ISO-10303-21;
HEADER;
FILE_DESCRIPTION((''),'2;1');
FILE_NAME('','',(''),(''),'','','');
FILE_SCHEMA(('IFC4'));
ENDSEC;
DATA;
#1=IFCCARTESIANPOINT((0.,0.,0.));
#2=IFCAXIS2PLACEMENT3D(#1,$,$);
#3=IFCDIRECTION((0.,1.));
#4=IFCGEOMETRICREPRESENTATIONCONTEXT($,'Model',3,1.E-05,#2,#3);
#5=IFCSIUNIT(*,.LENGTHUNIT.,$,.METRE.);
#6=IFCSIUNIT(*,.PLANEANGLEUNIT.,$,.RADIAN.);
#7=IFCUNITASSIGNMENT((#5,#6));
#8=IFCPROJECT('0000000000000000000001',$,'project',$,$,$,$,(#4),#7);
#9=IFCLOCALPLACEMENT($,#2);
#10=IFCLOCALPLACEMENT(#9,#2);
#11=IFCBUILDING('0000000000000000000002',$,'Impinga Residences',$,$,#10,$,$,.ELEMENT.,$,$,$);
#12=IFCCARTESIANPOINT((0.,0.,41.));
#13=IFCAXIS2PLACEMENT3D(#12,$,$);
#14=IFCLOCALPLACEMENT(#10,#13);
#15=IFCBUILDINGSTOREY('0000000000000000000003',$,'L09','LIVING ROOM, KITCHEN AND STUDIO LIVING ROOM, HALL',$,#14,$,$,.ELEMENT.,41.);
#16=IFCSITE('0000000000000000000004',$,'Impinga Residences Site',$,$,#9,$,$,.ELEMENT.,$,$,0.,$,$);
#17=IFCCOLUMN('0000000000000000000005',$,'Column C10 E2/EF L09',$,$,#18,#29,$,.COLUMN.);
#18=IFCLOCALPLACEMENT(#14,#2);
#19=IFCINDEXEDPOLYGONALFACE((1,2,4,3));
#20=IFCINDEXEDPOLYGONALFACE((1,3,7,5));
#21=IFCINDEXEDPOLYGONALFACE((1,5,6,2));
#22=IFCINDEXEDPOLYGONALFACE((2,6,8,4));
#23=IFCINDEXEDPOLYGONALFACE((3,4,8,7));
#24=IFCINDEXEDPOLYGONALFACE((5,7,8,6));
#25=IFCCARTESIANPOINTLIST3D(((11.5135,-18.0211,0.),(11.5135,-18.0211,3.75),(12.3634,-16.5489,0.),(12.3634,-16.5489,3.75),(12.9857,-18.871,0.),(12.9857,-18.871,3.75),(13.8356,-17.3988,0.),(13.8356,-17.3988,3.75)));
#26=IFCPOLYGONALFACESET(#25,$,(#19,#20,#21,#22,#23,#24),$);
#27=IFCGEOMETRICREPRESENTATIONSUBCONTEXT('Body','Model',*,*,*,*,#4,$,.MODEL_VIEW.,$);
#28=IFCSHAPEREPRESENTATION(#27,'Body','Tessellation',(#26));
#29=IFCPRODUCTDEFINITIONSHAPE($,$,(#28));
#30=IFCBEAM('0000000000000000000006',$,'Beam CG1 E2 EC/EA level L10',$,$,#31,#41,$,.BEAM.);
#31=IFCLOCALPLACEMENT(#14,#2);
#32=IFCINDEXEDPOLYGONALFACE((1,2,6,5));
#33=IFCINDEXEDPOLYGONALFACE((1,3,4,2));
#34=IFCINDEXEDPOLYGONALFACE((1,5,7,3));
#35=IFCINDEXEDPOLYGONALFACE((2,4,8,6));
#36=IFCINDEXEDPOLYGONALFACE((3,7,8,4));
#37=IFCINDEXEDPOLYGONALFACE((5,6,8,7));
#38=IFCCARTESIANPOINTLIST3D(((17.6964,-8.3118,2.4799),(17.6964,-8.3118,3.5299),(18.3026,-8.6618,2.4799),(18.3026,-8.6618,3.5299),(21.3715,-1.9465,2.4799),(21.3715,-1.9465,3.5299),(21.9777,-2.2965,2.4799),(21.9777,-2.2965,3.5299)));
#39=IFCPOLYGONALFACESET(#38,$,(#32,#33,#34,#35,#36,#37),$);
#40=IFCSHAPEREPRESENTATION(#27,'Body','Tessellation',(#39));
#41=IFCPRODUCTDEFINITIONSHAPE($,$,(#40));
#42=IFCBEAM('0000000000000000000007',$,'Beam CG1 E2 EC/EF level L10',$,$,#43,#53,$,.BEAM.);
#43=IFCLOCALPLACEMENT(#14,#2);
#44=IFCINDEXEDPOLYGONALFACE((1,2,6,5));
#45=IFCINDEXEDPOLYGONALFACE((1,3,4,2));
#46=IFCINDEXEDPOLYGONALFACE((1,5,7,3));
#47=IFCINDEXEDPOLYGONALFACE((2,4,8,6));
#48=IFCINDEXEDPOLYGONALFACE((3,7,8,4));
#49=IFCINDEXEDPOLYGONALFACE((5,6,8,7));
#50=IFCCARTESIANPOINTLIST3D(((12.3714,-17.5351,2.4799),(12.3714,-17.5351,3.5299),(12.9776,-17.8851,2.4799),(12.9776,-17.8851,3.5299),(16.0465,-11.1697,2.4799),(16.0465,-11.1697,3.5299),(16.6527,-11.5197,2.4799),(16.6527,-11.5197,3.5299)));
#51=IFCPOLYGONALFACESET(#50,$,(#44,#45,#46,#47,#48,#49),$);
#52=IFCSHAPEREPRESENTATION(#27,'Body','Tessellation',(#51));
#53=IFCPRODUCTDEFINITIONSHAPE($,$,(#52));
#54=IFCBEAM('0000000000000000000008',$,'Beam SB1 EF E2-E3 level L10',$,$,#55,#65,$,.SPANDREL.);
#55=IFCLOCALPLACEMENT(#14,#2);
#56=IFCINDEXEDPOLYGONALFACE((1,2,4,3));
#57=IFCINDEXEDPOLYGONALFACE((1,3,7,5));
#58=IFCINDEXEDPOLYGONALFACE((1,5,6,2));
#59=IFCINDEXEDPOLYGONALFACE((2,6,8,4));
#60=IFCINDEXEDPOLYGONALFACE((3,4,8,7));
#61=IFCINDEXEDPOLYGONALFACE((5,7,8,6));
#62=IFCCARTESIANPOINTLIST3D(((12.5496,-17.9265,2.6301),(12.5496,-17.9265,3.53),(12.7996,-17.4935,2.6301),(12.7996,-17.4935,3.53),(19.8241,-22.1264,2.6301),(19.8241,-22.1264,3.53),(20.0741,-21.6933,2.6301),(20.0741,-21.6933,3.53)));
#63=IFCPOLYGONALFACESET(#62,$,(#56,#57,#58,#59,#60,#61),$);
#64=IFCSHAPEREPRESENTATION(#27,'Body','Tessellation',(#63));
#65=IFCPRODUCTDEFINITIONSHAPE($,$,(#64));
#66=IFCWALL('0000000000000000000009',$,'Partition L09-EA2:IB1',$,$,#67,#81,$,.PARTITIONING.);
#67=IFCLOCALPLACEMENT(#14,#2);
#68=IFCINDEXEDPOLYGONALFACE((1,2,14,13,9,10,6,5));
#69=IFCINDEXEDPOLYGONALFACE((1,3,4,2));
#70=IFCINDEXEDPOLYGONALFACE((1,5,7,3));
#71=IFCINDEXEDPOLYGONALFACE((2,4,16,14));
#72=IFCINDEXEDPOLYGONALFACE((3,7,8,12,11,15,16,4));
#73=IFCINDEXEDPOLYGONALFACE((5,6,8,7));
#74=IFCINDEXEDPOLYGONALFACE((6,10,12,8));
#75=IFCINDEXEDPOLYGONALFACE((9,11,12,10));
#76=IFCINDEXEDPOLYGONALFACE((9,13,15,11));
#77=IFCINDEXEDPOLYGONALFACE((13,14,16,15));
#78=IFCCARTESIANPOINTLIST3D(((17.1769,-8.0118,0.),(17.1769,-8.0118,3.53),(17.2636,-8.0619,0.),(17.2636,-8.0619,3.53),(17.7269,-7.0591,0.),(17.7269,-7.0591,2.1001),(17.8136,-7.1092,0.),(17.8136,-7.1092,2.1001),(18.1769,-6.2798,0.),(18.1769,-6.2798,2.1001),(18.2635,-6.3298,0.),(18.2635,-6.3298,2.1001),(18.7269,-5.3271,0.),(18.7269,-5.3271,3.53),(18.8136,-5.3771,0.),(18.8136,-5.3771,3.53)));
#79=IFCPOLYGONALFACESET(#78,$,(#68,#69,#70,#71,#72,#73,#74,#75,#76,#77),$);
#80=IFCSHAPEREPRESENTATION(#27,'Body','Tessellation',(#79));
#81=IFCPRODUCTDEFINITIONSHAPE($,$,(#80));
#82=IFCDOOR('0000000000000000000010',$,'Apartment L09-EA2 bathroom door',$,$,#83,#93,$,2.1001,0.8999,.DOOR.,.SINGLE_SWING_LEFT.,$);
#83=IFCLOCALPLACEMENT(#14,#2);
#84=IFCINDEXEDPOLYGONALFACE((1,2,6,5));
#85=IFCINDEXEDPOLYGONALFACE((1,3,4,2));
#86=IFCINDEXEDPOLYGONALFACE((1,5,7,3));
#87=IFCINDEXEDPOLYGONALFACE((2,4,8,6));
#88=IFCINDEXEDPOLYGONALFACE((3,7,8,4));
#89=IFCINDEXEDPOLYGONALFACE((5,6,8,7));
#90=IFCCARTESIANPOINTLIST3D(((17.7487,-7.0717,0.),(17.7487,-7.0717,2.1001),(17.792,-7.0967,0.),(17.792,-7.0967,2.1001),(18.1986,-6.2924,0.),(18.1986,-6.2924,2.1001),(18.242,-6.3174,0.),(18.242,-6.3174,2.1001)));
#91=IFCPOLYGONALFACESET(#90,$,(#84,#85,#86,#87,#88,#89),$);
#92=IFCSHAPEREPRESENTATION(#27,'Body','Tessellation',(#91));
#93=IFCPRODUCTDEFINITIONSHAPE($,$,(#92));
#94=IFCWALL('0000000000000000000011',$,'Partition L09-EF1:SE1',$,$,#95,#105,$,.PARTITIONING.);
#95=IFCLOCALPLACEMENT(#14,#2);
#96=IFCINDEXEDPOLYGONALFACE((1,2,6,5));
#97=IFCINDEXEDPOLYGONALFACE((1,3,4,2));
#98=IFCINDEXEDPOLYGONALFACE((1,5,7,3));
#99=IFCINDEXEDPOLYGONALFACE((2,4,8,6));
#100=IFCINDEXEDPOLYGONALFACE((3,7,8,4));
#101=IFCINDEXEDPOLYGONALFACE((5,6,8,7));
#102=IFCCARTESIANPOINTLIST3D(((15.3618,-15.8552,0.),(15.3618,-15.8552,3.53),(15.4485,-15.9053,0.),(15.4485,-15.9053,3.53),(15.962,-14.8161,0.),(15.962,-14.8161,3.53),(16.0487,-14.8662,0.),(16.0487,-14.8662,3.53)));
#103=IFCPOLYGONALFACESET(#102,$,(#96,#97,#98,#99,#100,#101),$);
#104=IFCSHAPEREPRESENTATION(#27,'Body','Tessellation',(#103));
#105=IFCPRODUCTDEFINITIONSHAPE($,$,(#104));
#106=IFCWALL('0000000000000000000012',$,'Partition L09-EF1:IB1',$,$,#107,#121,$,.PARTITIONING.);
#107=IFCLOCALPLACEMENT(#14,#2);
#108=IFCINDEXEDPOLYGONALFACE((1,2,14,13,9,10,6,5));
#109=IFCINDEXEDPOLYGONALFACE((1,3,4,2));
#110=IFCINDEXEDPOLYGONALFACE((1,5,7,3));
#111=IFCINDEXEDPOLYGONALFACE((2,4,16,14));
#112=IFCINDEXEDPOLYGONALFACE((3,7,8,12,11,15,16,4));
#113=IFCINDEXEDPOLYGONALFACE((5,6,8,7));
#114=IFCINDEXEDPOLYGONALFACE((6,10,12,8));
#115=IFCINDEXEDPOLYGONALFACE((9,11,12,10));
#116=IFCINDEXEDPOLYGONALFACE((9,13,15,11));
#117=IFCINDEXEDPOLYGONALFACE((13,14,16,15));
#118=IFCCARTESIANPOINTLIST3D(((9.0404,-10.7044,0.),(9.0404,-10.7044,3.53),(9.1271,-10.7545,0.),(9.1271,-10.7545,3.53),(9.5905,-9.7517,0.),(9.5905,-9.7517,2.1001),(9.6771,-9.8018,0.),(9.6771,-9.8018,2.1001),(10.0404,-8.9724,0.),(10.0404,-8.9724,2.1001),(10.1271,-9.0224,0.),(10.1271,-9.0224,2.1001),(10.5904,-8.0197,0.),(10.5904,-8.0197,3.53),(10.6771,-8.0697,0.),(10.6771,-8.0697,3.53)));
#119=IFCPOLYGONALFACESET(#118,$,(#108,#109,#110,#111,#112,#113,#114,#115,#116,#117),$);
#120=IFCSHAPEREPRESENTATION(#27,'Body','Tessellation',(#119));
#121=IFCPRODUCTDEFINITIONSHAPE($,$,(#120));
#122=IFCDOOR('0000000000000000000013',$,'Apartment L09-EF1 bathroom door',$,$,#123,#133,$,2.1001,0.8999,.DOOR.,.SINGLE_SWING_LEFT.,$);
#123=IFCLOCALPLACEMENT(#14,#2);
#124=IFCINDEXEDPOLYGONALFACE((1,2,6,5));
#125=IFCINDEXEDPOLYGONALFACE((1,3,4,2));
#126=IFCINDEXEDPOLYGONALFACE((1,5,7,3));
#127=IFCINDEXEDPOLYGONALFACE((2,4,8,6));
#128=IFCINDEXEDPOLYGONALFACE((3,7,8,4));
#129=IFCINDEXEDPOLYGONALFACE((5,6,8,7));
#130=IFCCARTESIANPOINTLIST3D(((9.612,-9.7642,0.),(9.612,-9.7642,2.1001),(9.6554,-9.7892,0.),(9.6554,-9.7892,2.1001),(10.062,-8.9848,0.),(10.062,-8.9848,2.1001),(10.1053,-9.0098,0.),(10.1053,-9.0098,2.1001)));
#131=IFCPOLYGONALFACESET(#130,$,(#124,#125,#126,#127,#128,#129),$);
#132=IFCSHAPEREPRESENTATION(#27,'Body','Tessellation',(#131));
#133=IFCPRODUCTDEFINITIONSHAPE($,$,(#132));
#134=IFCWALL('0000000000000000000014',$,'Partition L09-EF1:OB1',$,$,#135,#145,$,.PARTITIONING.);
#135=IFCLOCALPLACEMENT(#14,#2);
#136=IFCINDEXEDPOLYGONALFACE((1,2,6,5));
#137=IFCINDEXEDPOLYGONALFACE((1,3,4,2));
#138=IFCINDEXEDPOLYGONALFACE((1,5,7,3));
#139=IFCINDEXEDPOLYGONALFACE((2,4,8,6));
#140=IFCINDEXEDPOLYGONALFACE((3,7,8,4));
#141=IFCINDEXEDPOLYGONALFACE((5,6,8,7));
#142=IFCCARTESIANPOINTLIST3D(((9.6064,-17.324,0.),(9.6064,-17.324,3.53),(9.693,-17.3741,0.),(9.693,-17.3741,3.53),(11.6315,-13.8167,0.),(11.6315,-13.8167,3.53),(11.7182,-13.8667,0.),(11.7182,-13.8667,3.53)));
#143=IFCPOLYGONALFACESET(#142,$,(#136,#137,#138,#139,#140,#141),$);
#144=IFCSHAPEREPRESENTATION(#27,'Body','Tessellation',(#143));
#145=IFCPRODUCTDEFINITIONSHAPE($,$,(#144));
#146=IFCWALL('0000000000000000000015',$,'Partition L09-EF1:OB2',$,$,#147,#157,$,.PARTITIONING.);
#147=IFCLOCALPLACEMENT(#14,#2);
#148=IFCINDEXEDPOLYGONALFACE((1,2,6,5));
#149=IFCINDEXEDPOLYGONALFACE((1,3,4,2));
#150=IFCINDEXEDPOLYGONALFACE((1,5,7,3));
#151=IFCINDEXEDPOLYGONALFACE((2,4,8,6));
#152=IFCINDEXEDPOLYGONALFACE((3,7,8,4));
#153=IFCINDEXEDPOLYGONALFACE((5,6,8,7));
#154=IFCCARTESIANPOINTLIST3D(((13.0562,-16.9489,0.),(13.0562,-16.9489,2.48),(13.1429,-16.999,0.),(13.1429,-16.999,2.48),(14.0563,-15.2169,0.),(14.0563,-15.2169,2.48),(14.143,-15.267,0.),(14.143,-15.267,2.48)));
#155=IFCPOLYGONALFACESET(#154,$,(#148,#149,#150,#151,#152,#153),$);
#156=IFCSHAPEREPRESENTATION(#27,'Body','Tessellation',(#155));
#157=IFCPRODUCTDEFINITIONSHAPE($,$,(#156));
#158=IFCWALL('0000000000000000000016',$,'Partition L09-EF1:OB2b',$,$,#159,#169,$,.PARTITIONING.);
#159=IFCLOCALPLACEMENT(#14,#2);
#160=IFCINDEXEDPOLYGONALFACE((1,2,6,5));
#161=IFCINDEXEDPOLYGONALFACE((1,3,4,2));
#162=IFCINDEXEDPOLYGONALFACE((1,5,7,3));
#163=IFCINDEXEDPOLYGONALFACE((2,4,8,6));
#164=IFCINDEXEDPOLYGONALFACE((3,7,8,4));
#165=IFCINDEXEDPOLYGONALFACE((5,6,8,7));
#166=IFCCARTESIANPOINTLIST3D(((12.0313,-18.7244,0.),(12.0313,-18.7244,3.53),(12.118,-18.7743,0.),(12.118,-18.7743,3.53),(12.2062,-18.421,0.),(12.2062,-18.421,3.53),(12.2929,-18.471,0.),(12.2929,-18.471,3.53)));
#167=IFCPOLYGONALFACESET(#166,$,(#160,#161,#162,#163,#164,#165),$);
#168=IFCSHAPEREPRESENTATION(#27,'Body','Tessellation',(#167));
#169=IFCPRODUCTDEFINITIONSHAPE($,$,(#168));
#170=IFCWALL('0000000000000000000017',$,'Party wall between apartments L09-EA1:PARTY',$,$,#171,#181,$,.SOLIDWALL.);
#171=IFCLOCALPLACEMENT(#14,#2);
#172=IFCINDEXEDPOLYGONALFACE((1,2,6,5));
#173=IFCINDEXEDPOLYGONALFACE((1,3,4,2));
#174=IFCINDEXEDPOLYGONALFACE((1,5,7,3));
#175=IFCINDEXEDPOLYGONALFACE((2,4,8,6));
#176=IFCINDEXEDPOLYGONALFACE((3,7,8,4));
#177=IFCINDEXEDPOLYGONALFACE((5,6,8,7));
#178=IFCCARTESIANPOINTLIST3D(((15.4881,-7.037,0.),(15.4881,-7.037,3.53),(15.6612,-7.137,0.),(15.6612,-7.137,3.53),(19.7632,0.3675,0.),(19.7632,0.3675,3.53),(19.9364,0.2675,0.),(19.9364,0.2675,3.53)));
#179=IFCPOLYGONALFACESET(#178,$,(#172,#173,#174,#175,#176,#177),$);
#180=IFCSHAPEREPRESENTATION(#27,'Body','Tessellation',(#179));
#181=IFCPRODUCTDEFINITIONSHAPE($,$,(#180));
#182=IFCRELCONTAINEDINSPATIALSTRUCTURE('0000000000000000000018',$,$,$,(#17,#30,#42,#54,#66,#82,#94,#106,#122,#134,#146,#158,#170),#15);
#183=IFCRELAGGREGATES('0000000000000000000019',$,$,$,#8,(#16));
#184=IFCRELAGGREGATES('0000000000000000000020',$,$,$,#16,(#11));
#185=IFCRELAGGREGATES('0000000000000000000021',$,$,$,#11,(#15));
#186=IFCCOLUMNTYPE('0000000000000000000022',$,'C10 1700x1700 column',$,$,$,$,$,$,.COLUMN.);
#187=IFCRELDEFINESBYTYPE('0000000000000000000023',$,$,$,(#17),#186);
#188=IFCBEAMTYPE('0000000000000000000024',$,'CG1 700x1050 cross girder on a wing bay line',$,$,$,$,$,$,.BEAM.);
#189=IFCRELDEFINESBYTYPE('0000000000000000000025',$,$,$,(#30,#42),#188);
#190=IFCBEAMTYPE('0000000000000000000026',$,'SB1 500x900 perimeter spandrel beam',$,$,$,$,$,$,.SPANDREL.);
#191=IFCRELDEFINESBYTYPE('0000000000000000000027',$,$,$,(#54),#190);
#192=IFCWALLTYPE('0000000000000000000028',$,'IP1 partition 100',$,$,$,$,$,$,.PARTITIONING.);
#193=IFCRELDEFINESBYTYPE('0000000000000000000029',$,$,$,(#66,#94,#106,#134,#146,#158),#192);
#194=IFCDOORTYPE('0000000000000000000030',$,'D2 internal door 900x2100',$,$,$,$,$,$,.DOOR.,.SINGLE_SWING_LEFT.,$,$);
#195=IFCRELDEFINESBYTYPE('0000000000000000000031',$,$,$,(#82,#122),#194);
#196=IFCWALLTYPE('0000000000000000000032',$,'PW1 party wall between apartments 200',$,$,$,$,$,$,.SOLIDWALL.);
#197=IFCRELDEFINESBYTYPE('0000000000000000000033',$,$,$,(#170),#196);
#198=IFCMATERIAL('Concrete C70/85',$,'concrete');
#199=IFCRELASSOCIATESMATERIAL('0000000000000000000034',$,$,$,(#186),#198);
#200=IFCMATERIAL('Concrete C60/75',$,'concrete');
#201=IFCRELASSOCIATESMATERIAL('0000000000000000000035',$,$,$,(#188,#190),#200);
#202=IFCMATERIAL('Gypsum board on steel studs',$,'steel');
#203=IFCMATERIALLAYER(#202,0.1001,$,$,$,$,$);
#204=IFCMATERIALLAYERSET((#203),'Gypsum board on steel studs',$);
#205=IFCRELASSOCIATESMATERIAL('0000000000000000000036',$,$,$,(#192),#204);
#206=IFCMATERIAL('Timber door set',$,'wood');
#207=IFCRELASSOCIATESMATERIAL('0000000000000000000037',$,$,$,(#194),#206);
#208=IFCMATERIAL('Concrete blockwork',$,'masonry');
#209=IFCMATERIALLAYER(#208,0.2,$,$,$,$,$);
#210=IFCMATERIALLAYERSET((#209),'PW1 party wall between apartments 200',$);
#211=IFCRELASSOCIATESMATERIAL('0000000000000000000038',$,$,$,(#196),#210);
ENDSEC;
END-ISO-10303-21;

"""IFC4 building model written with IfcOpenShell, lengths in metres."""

from ifc_helpers import new_model, si_unit, direction, frame, frame_2d, origin, origin_2d, place, context, subcontext, project, spatial, rectangle, extrude, material, layer, layer_set, material_profile, profile_set, type_object, element, fill, save


model = new_model("IFC4")

# Units and contexts
model_context = context("Model", 3, precision=1e-05, world=origin(), true_north=direction((0.0, 1.0)))
body_context = subcontext(model_context, "Body", "Model", "MODEL_VIEW")
ifc_project = project(units=[si_unit("LENGTHUNIT", "METRE"), si_unit("PLANEANGLEUNIT", "RADIAN")], contexts=[model_context])

# Site, building, storey
site_placement = place(None, origin())
site = spatial("IfcSite", under=ifc_project, at=site_placement, Name="Impinga Residences Site", CompositionType="ELEMENT", RefElevation=0.0)
building_placement = place(site_placement, origin())
building = spatial("IfcBuilding", under=site, at=building_placement, Name="Impinga Residences", CompositionType="ELEMENT")
storey_placement = place(building_placement, frame((0.0, 0.0, 41.0)))
storey = spatial("IfcBuildingStorey", under=building, at=storey_placement, Name="L09", Description="LIVING ROOM, KITCHEN AND STUDIO LIVING ROOM, HALL", CompositionType="ELEMENT", Elevation=41.0)

# Column
ifc_material_1 = material(Name="Concrete C70/85", Category="concrete")
ifc_material_profile_1 = material_profile(ifc_material_1, rectangle(XDim=1.7, YDim=1.7, at=origin_2d()), Name="RC 1700x1700")
ifc_profile_set_1 = profile_set([ifc_material_profile_1], Name="Concrete C70/85")
column_type = type_object("IfcColumnType", Name="C10 1700x1700 column", PredefinedType="COLUMN", material=ifc_profile_set_1)
column_placement = place(storey_placement, frame((12.6746, -17.71, 0.0), z_axis=(0.0, 0.0, 1.0), x_axis=(-0.5, -0.866025, 0.0)))
element("IfcColumn", 1, at=column_placement, inside=storey, type_object=column_type, Name="Column C10 E2/EF L09", PredefinedType="COLUMN", context=body_context, shape_type="SweptSolid", body=[
    extrude(rectangle(XDim=1.7, YDim=1.7, at=origin_2d()), origin(), (0.0, 0.0, 1.0), 3.75),
])

# Beams
ifc_material_2 = material(Name="Concrete C60/75", Category="concrete")
ifc_material_profile_2 = material_profile(ifc_material_2, rectangle(XDim=0.7, YDim=1.05, at=origin_2d()), Name="RC 700x1050")
ifc_profile_set_2 = profile_set([ifc_material_profile_2], Name="Concrete C60/75")
beam_type_1 = type_object("IfcBeamType", Name="CG1 700x1050 cross girder on a wing bay line", PredefinedType="BEAM", material=ifc_profile_set_2)
for number, where, z_axis, x_axis, name in (
    (2, (17.9995, -8.4868, 3.0049), (0.500008, 0.866021, 0.0), (-0.866021, 0.500008, 0.0), "Beam CG1 E2 EC/EA level L10"),
    (3, (16.3496, -11.3447, 3.0049), (-0.500008, -0.866021, 0.0), (0.866021, -0.500008, 0.0), "Beam CG1 E2 EC/EF level L10"),
):
    element("IfcBeam", number, at=place(storey_placement, frame(where, z_axis=z_axis, x_axis=x_axis)), inside=storey, type_object=beam_type_1, Name=name, PredefinedType="BEAM", context=body_context, shape_type="SweptSolid", body=[
        extrude(rectangle(XDim=0.7, YDim=1.05, at=origin_2d()), origin(), (0.0, 0.0, 1.0), 7.3501),
    ])
ifc_material_profile_3 = material_profile(ifc_material_2, rectangle(XDim=0.5, YDim=0.8999, at=origin_2d()), Name="RC 500x900")
ifc_profile_set_3 = profile_set([ifc_material_profile_3], Name="Concrete C60/75")
beam_type_2 = type_object("IfcBeamType", Name="SB1 500x900 perimeter spandrel beam", PredefinedType="SPANDREL", material=ifc_profile_set_3)
beam_placement = place(storey_placement, frame((12.6746, -17.71, 3.0801), z_axis=(0.866029, -0.499993, 0.0), x_axis=(0.499993, 0.866029, 0.0)))
element("IfcBeam", 4, at=beam_placement, inside=storey, type_object=beam_type_2, Name="Beam SB1 EF E2-E3 level L10", PredefinedType="SPANDREL", context=body_context, shape_type="SweptSolid", body=[
    extrude(rectangle(XDim=0.5, YDim=0.8999, at=origin_2d()), origin(), (0.0, 0.0, 1.0), 8.3999),
])

# Wall, opening, door
ifc_material_3 = material(Name="Gypsum board on steel studs", Category="steel")
ifc_layer_1 = layer(ifc_material_3, 0.1001)
ifc_layer_set_1 = layer_set([ifc_layer_1], Name="Gypsum board on steel studs")
wall_type_1 = type_object("IfcWallType", Name="IP1 partition 100", PredefinedType="PARTITIONING", material=ifc_layer_set_1)
wall_1_placement = place(storey_placement, frame((17.2202, -8.0369, 0.0), z_axis=(0.0, 0.0, 1.0), x_axis=(0.499993, 0.86603, 0.0)))
wall_1 = element("IfcWall", 5, at=wall_1_placement, inside=storey, type_object=wall_type_1, Name="Partition L09-EA2:IB1", PredefinedType="PARTITIONING", context=body_context, shape_type="SweptSolid", body=[
    extrude(rectangle(XDim=3.1001, YDim=0.1001, at=frame_2d((1.55, 0.0))), origin(), (0.0, 0.0, 1.0), 3.53),
])
opening_1_placement = place(wall_1_placement, frame((1.1001, 0.0, 0.0)))
opening_1 = element("IfcOpeningElement", 6, at=opening_1_placement, cuts=wall_1, PredefinedType="OPENING", context=body_context, shape_type="SweptSolid", body=[
    extrude(rectangle(XDim=0.8999, YDim=2.1001, at=frame_2d((0.45, 1.05))), frame((0.0, 0.0601, 0.0), z_axis=(0.0, -1.0, 0.0), x_axis=(1.0, 0.0, 0.0)), (0.0, 0.0, 1.0), 0.1201),
])
ifc_material_4 = material(Name="Timber door set", Category="wood")
door_type = type_object("IfcDoorType", Name="D2 internal door 900x2100", OperationType="SINGLE_SWING_LEFT", PredefinedType="DOOR", material=ifc_material_4)
door_1_placement = place(opening_1_placement, origin())
door_1 = element("IfcDoor", 7, at=door_1_placement, inside=storey, type_object=door_type, Name="Apartment L09-EA2 bathroom door", OperationType="SINGLE_SWING_LEFT", OverallHeight=2.1001, OverallWidth=0.8999, PredefinedType="DOOR", context=body_context, shape_type="SweptSolid", body=[
    extrude(rectangle(XDim=0.8999, YDim=2.1001, at=frame_2d((0.45, 1.05))), frame((0.0, 0.0249, 0.0), z_axis=(0.0, -1.0, 0.0), x_axis=(1.0, 0.0, 0.0)), (0.0, 0.0, 1.0), 0.05),
])
fill(opening_1, door_1)

# Wall
wall_2_placement = place(storey_placement, frame((16.0054, -14.8411, 0.0), z_axis=(0.0, 0.0, 1.0), x_axis=(-0.500122, -0.865955, 0.0)))
element("IfcWall", 8, at=wall_2_placement, inside=storey, type_object=wall_type_1, Name="Partition L09-EF1:SE1", PredefinedType="PARTITIONING", context=body_context, shape_type="SweptSolid", body=[
    extrude(rectangle(XDim=1.2, YDim=0.1001, at=frame_2d((0.6001, 0.0))), origin(), (0.0, 0.0, 1.0), 3.53),
])

# Wall, opening, door
wall_3_placement = place(storey_placement, frame((10.6338, -8.0447, 0.0), z_axis=(0.0, 0.0, 1.0), x_axis=(-0.499993, -0.86603, 0.0)))
wall_3 = element("IfcWall", 9, at=wall_3_placement, inside=storey, type_object=wall_type_1, Name="Partition L09-EF1:IB1", PredefinedType="PARTITIONING", context=body_context, shape_type="SweptSolid", body=[
    extrude(rectangle(XDim=3.1001, YDim=0.1001, at=frame_2d((1.55, 0.0))), origin(), (0.0, 0.0, 1.0), 3.53),
])
opening_2_placement = place(wall_3_placement, frame((1.1001, 0.0, 0.0)))
opening_2 = element("IfcOpeningElement", 10, at=opening_2_placement, cuts=wall_3, PredefinedType="OPENING", context=body_context, shape_type="SweptSolid", body=[
    extrude(rectangle(XDim=0.8999, YDim=2.1001, at=frame_2d((0.45, 1.05))), frame((0.0, 0.0601, 0.0), z_axis=(0.0, -1.0, 0.0), x_axis=(1.0, 0.0, 0.0)), (0.0, 0.0, 1.0), 0.1201),
])
door_2_placement = place(opening_2_placement, origin())
door_2 = element("IfcDoor", 11, at=door_2_placement, inside=storey, type_object=door_type, Name="Apartment L09-EF1 bathroom door", OperationType="SINGLE_SWING_LEFT", OverallHeight=2.1001, OverallWidth=0.8999, PredefinedType="DOOR", context=body_context, shape_type="SweptSolid", body=[
    extrude(rectangle(XDim=0.8999, YDim=2.1001, at=frame_2d((0.45, 1.05))), frame((0.0, 0.0249, 0.0), z_axis=(0.0, -1.0, 0.0), x_axis=(1.0, 0.0, 0.0)), (0.0, 0.0, 1.0), 0.05),
])
fill(opening_2, door_2)

# Walls
wall_4_placement = place(storey_placement, frame((11.6748, -13.8418, 0.0), z_axis=(0.0, 0.0, 1.0), x_axis=(-0.500036, -0.866005, 0.0)))
element("IfcWall", 12, at=wall_4_placement, inside=storey, type_object=wall_type_1, Name="Partition L09-EF1:OB1", PredefinedType="PARTITIONING", context=body_context, shape_type="SweptSolid", body=[
    extrude(rectangle(XDim=4.05, YDim=0.1001, at=frame_2d((2.0249, 0.0))), origin(), (0.0, 0.0, 1.0), 3.53),
])
wall_5_placement = place(storey_placement, frame((14.0996, -15.2419, 0.0), z_axis=(0.0, 0.0, 1.0), x_axis=(-0.500025, -0.866011, 0.0)))
element("IfcWall", 13, at=wall_5_placement, inside=storey, type_object=wall_type_1, Name="Partition L09-EF1:OB2", PredefinedType="PARTITIONING", context=body_context, shape_type="SweptSolid", body=[
    extrude(rectangle(XDim=2.0, YDim=0.1001, at=frame_2d((1.0, 0.0))), origin(), (0.0, 0.0, 1.0), 2.48),
])
wall_6_placement = place(storey_placement, frame((12.2495, -18.446, 0.0), z_axis=(0.0, 0.0, 1.0), x_axis=(-0.499441, -0.866348, 0.0)))
element("IfcWall", 14, at=wall_6_placement, inside=storey, type_object=wall_type_1, Name="Partition L09-EF1:OB2b", PredefinedType="PARTITIONING", context=body_context, shape_type="SweptSolid", body=[
    extrude(rectangle(XDim=0.3501, YDim=0.1001, at=frame_2d((0.175, 0.0))), origin(), (0.0, 0.0, 1.0), 3.53),
])
ifc_material_5 = material(Name="Concrete blockwork", Category="masonry")
ifc_layer_2 = layer(ifc_material_5, 0.2)
ifc_layer_set_2 = layer_set([ifc_layer_2], Name="PW1 party wall between apartments 200")
wall_type_2 = type_object("IfcWallType", Name="PW1 party wall between apartments 200", PredefinedType="SOLIDWALL", material=ifc_layer_set_2)
wall_7_placement = place(storey_placement, frame((15.5747, -7.0869, 0.0), z_axis=(0.0, 0.0, 1.0), x_axis=(0.500012, 0.866019, 0.0)))
element("IfcWall", 15, at=wall_7_placement, inside=storey, type_object=wall_type_2, Name="Party wall between apartments L09-EA1:PARTY", PredefinedType="SOLIDWALL", context=body_context, shape_type="SweptSolid", body=[
    extrude(rectangle(XDim=8.55, YDim=0.2, at=frame_2d((4.2749, 0.0))), origin(), (0.0, 0.0, 1.0), 3.53),
])

save(model, "model.ifc")
